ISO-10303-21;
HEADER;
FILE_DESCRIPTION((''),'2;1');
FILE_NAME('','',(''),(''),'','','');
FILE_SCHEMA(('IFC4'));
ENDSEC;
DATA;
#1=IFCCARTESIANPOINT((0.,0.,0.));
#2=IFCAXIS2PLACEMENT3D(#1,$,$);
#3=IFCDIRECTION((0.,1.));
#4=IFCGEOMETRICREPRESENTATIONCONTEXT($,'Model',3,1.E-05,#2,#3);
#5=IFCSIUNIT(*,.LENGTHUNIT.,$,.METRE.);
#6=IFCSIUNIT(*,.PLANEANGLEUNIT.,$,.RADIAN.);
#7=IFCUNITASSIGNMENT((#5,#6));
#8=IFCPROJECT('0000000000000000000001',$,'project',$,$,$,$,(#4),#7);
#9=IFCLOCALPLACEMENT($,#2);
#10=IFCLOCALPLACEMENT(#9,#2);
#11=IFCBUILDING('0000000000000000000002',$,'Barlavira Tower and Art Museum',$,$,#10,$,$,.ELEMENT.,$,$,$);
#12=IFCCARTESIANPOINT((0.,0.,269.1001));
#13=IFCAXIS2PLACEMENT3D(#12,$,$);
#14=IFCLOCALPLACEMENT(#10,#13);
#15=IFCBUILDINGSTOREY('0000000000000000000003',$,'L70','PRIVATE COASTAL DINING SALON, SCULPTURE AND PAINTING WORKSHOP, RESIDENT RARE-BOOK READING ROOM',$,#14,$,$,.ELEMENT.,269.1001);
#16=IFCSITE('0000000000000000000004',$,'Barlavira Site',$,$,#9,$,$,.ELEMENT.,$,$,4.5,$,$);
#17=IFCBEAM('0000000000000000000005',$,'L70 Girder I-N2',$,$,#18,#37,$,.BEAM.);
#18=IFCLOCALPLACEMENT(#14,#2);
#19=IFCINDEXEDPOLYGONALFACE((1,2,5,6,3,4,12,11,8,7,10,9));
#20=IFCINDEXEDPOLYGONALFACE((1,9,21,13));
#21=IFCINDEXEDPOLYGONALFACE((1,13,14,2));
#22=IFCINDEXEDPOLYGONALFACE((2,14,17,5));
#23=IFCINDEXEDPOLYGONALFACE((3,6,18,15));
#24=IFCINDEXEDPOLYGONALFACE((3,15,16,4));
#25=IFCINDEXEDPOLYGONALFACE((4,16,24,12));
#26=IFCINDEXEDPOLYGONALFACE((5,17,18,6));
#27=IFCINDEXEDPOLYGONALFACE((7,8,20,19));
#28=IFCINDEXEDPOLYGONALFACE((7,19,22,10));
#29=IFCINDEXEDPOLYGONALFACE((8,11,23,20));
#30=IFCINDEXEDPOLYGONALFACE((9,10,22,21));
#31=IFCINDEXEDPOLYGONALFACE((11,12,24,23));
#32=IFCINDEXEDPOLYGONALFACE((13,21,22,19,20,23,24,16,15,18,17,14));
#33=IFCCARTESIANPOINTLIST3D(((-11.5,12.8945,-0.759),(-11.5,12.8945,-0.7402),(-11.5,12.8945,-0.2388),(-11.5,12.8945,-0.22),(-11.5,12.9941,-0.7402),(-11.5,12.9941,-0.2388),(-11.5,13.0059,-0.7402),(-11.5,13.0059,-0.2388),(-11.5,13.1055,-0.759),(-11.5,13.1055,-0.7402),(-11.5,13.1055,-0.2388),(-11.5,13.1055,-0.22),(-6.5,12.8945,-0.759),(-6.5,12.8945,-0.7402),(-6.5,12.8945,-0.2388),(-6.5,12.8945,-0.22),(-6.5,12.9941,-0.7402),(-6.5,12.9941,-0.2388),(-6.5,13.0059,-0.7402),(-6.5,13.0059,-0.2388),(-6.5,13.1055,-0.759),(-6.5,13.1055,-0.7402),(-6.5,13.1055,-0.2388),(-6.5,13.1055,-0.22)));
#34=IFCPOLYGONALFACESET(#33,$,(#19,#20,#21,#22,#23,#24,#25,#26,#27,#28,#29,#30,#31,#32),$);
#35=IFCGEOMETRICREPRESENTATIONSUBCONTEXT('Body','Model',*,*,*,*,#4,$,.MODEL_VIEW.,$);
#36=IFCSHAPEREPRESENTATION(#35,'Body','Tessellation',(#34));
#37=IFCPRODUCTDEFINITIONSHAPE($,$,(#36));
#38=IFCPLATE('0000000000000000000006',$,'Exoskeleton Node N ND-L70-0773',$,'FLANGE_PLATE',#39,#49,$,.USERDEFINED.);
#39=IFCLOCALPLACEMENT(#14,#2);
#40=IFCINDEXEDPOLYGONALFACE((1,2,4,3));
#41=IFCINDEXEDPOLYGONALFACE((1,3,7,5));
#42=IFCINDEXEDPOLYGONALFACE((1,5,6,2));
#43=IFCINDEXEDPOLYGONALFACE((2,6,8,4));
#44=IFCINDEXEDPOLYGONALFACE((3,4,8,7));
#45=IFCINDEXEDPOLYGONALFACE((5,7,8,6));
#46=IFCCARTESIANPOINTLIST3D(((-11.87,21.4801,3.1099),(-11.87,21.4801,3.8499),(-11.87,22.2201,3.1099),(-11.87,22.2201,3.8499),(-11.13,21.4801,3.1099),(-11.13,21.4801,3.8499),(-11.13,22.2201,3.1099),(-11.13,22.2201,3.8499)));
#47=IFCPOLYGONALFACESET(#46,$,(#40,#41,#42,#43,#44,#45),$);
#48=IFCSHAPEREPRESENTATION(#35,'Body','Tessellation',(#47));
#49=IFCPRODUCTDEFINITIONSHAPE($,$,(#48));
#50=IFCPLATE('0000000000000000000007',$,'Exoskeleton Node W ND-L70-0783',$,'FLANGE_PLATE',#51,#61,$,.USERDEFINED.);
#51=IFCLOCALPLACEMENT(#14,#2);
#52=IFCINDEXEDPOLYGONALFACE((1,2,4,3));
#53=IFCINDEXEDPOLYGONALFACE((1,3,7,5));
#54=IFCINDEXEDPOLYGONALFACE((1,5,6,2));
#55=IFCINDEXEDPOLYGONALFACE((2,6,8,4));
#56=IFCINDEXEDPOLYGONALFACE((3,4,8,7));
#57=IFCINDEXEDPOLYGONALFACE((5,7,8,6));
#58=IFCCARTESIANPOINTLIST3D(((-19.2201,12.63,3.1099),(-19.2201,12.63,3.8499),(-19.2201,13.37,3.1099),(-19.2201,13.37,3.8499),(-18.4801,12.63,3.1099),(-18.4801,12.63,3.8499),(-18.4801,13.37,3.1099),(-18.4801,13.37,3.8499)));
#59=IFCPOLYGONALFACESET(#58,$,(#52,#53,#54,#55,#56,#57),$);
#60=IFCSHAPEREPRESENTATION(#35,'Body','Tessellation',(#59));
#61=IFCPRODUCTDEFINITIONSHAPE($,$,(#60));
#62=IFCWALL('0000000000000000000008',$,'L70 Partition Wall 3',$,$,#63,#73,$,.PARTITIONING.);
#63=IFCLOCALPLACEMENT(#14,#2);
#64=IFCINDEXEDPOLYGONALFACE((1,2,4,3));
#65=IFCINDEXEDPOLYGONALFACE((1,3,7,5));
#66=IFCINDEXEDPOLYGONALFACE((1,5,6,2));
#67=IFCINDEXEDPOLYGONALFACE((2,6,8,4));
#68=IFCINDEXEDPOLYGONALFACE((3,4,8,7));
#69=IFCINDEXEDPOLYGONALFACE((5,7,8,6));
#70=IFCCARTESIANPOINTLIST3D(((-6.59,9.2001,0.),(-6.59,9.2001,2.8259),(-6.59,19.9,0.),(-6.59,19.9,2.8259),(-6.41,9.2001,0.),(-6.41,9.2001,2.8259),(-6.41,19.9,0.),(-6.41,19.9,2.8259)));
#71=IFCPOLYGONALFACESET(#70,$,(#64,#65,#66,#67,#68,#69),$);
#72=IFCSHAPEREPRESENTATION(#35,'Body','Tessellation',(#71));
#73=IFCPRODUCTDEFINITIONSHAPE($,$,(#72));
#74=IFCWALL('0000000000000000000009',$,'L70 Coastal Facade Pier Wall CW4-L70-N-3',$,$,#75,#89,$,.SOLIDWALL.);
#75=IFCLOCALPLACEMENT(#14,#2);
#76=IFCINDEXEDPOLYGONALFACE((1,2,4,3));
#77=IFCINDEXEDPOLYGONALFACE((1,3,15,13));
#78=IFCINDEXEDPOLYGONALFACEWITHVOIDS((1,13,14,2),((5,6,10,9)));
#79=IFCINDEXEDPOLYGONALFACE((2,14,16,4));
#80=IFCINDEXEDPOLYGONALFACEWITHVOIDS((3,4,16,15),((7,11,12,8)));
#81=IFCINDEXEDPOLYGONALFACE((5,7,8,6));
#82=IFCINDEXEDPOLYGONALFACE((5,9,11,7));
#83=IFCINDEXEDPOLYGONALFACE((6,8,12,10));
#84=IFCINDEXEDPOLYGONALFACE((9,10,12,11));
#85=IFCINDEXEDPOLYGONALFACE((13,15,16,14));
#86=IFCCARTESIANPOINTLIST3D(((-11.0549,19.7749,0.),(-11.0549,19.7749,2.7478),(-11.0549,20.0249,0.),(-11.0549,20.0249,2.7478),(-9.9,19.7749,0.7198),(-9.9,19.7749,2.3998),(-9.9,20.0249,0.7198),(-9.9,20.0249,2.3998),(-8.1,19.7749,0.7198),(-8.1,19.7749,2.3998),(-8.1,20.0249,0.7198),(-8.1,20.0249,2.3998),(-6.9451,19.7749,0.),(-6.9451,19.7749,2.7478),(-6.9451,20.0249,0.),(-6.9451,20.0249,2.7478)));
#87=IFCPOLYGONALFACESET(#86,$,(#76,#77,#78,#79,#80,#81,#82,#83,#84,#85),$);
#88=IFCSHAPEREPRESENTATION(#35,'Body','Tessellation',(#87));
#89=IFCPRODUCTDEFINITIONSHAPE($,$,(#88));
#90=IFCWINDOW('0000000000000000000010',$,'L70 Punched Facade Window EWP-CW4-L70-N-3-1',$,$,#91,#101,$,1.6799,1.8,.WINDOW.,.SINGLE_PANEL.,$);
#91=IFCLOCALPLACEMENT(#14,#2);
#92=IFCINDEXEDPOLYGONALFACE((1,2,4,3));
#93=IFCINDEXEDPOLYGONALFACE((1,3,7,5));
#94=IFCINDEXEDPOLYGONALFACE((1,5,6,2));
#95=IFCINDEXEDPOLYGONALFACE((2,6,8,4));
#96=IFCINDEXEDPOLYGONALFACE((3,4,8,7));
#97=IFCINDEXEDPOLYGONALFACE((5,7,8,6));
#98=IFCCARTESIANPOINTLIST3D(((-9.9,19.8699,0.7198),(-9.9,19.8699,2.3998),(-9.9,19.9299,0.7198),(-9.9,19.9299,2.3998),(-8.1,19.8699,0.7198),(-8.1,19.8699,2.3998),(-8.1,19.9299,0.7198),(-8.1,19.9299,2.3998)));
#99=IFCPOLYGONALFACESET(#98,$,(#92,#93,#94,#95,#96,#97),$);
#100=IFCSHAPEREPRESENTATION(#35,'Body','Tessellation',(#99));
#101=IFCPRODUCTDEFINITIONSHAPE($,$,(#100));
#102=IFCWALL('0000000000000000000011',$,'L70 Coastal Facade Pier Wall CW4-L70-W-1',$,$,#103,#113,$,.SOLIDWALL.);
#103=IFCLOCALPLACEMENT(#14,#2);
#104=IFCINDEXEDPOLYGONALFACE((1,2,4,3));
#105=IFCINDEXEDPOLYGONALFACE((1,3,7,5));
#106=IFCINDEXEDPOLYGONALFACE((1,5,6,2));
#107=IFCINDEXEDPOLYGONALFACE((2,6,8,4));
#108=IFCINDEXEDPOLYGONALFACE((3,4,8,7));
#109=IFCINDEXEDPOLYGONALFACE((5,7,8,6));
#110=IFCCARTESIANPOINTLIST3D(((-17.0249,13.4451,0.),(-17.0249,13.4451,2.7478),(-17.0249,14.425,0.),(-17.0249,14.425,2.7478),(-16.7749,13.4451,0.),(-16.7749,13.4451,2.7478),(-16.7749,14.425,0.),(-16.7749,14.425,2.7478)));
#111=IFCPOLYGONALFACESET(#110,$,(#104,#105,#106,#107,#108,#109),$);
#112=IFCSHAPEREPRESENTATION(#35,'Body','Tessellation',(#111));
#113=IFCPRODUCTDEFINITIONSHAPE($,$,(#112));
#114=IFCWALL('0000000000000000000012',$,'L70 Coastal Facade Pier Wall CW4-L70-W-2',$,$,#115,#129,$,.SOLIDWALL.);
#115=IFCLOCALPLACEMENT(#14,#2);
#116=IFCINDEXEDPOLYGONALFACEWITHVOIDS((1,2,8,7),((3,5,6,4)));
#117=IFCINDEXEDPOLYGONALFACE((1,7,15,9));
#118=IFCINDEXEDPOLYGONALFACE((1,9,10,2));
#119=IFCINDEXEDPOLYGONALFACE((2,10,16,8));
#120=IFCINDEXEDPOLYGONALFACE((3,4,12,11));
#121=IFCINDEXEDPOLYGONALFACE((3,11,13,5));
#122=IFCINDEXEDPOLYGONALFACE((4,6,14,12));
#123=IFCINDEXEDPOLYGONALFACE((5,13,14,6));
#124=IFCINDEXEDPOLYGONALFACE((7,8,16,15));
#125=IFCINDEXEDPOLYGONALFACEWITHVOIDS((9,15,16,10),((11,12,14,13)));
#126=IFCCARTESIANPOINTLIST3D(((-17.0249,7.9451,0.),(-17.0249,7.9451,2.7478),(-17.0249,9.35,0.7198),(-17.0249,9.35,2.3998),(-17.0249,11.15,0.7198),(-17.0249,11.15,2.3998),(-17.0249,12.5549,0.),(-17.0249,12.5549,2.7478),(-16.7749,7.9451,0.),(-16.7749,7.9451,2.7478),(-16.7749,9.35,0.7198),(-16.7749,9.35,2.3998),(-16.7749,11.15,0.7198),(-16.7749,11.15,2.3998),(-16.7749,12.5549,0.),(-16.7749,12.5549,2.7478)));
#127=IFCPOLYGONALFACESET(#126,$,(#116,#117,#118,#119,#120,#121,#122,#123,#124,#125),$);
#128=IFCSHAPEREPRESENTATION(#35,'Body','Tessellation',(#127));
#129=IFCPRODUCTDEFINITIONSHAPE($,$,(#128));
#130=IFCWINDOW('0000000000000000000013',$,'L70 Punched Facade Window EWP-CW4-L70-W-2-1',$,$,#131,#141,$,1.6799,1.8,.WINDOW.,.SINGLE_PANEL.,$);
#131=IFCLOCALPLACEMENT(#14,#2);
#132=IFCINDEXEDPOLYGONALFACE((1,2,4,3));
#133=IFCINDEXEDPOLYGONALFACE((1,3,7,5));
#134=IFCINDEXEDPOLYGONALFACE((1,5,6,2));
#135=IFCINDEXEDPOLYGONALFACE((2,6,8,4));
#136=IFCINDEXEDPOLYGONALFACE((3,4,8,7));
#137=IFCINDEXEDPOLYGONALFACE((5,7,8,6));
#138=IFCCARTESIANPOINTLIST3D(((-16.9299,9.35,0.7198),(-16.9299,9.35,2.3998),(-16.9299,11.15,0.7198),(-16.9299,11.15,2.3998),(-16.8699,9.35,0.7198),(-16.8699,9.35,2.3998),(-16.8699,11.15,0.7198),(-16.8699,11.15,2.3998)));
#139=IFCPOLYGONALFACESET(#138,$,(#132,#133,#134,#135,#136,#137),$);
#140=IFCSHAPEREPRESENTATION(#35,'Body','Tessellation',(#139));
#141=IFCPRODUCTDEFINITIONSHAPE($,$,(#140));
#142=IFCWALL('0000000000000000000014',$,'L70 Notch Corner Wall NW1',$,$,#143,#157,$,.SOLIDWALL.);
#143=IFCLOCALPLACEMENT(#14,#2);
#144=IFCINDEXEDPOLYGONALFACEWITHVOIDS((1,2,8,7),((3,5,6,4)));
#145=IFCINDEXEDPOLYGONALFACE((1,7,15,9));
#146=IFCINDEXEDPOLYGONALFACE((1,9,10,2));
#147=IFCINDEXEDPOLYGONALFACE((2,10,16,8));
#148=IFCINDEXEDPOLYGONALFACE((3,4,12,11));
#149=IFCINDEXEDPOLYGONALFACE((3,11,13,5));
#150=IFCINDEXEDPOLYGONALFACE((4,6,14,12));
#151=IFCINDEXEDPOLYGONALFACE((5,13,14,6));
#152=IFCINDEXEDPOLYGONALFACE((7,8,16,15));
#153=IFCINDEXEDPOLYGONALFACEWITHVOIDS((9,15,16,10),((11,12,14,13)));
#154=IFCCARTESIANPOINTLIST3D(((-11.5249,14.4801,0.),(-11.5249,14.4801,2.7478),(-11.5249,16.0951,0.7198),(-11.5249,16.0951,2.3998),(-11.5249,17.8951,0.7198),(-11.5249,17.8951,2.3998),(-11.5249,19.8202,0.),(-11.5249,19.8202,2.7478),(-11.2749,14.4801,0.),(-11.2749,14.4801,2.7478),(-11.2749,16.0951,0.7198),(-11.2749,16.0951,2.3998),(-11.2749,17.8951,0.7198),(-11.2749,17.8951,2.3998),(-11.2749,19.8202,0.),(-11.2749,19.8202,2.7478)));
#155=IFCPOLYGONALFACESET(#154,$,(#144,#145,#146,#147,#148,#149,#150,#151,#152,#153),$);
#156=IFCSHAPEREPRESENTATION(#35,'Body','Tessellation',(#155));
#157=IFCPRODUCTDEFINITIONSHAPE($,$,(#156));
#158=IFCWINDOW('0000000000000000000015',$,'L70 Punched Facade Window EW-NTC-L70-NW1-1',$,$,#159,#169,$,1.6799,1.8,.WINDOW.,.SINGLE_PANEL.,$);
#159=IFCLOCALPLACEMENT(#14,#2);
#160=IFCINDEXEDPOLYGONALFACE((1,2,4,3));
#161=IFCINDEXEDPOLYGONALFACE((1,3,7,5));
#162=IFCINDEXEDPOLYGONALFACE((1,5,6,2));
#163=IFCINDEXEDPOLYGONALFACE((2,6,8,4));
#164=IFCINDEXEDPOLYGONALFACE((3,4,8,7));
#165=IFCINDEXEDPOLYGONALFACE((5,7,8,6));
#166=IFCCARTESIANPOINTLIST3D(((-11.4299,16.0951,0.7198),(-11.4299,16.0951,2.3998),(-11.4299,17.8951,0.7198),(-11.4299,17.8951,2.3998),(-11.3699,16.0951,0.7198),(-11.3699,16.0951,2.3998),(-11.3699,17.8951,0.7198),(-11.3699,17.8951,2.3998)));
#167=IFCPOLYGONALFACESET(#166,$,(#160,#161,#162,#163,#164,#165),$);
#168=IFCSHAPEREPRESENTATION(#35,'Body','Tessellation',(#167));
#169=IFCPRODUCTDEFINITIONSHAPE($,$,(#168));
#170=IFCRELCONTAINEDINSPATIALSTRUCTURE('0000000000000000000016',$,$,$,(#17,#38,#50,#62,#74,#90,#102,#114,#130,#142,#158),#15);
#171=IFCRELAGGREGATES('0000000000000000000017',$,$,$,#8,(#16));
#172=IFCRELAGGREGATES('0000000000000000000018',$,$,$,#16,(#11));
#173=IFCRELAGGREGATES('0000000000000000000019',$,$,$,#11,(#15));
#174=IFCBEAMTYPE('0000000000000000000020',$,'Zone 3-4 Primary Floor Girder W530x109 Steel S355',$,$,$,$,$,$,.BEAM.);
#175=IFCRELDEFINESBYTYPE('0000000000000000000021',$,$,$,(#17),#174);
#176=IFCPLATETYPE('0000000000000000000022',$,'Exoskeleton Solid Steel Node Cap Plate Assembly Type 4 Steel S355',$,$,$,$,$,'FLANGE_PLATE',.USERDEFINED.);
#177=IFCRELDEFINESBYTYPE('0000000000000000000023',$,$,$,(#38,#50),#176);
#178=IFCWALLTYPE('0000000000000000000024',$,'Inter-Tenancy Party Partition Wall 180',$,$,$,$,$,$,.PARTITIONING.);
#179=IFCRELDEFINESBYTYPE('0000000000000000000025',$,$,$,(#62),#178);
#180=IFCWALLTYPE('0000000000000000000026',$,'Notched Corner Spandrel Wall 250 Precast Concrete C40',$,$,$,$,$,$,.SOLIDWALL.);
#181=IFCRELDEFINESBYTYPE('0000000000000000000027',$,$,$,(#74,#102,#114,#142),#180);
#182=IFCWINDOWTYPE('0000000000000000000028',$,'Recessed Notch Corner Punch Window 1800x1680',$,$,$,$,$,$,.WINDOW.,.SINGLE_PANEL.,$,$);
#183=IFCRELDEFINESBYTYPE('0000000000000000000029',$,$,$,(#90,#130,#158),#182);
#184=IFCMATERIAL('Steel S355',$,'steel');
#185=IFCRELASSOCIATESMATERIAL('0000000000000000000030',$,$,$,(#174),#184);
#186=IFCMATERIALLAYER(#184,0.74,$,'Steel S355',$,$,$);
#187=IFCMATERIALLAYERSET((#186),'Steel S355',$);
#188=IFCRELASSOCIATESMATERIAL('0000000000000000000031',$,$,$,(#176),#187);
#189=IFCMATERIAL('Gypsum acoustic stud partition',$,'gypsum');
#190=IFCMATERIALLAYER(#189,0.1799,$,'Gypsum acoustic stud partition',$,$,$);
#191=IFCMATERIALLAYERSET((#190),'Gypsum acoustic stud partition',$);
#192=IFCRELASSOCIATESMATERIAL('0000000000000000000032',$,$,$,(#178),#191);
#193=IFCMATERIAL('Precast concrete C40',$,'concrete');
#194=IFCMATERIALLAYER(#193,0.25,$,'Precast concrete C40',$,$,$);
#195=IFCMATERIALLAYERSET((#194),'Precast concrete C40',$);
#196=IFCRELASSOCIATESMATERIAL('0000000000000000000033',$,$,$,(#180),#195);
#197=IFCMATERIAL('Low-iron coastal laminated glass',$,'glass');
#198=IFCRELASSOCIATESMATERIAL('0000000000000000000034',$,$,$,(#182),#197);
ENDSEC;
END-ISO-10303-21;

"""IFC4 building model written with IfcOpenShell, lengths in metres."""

from ifc_helpers import new_model, si_unit, direction, frame, frame_2d, origin, origin_2d, place, context, subcontext, project, spatial, rectangle, i_section, extrude, material, layer, layer_set, material_profile, profile_set, type_object, element, fill, save


model = new_model("IFC4")

# Units and contexts
model_context = context("Model", 3, precision=1e-05, world=origin(), true_north=direction((0.0, 1.0)))
body_context = subcontext(model_context, "Body", "Model", "MODEL_VIEW")
ifc_project = project(units=[si_unit("LENGTHUNIT", "METRE"), si_unit("PLANEANGLEUNIT", "RADIAN")], contexts=[model_context])

# Site, building, storey
site_placement = place(None, origin())
site = spatial("IfcSite", under=ifc_project, at=site_placement, Name="Barlavira Site", CompositionType="ELEMENT", RefElevation=4.5)
building_placement = place(site_placement, origin())
building = spatial("IfcBuilding", under=site, at=building_placement, Name="Barlavira Tower and Art Museum", CompositionType="ELEMENT")
storey_placement = place(building_placement, frame((0.0, 0.0, 269.1001)))
storey = spatial("IfcBuildingStorey", under=building, at=storey_placement, Name="L70", Description="PRIVATE COASTAL DINING SALON, SCULPTURE AND PAINTING WORKSHOP, RESIDENT RARE-BOOK READING ROOM", CompositionType="ELEMENT", Elevation=269.1001)

# Shared definitions
ifc_material_1 = material(Name="Steel S355", Category="steel")

# Beam
ifc_material_profile_1 = material_profile(ifc_material_1, i_section(OverallWidth=0.2109, OverallDepth=0.5391, WebThickness=0.0117, FlangeThickness=0.0188, at=origin_2d()), Name="W530x109.0")
ifc_profile_set_1 = profile_set([ifc_material_profile_1], Name="Steel S355")
beam_type_1 = type_object("IfcBeamType", Name="Zone 3-4 Primary Floor Girder W530x109 Steel S355", PredefinedType="BEAM", material=ifc_profile_set_1)
beam_1_placement = place(storey_placement, frame((-11.5, 13.0, -0.4895), z_axis=(1.0, 0.0, 0.0), x_axis=(0.0, 1.0, 0.0)))
element("IfcBeam", 1, at=beam_1_placement, inside=storey, type_object=beam_type_1, Name="L70 Girder I-N2", PredefinedType="BEAM", context=body_context, shape_type="SweptSolid", body=[
    extrude(i_section(OverallWidth=0.2109, OverallDepth=0.5391, WebThickness=0.0117, FlangeThickness=0.0188, at=origin_2d()), origin(), (0.0, 0.0, 1.0), 5.0),
])

# Plates
ifc_layer_1 = layer(ifc_material_1, 0.74, Name="Steel S355")
ifc_layer_set_1 = layer_set([ifc_layer_1], Name="Steel S355")
plate_type = type_object("IfcPlateType", Name="Exoskeleton Solid Steel Node Cap Plate Assembly Type 4 Steel S355", ElementType="FLANGE_PLATE", PredefinedType="USERDEFINED", material=ifc_layer_set_1)
for number, where, z_axis, x_axis, name in (
    (2, (-11.5, 21.8501, 3.1099), (0.0, 0.0, 1.0), (1.0, 0.0, 0.0), "Exoskeleton Node N ND-L70-0773"),
    (3, (-18.8501, 13.0, 3.1099), (0.0, 0.0, 1.0), (1.0, 0.0, 0.0), "Exoskeleton Node W ND-L70-0783"),
):
    element("IfcPlate", number, at=place(storey_placement, frame(where, z_axis=z_axis, x_axis=x_axis)), inside=storey, type_object=plate_type, Name=name, ObjectType="FLANGE_PLATE", PredefinedType="USERDEFINED", context=body_context, shape_type="SweptSolid", body=[
        extrude(rectangle(XDim=0.74, YDim=0.74, at=origin_2d()), origin(), (0.0, 0.0, 1.0), 0.74),
    ])

# Wall
ifc_material_2 = material(Name="Gypsum acoustic stud partition", Category="gypsum")
ifc_layer_2 = layer(ifc_material_2, 0.1799, Name="Gypsum acoustic stud partition")
ifc_layer_set_2 = layer_set([ifc_layer_2], Name="Gypsum acoustic stud partition")
wall_type_1 = type_object("IfcWallType", Name="Inter-Tenancy Party Partition Wall 180", PredefinedType="PARTITIONING", material=ifc_layer_set_2)
wall_1_placement = place(storey_placement, frame((-6.5, 9.2, 0.0), z_axis=(0.0, 0.0, 1.0), x_axis=(0.0, 1.0, 0.0)))
element("IfcWall", 4, at=wall_1_placement, inside=storey, type_object=wall_type_1, Name="L70 Partition Wall 3", PredefinedType="PARTITIONING", context=body_context, shape_type="SweptSolid", body=[
    extrude(rectangle(XDim=10.7, YDim=0.1799, at=frame_2d((5.3501, 0.0))), origin(), (0.0, 0.0, 1.0), 2.8259),
])

# Wall, opening, window
ifc_material_3 = material(Name="Precast concrete C40", Category="concrete")
ifc_layer_3 = layer(ifc_material_3, 0.25, Name="Precast concrete C40")
ifc_layer_set_3 = layer_set([ifc_layer_3], Name="Precast concrete C40")
wall_type_2 = type_object("IfcWallType", Name="Notched Corner Spandrel Wall 250 Precast Concrete C40", PredefinedType="SOLIDWALL", material=ifc_layer_set_3)
wall_2_placement = place(storey_placement, frame((-6.9451, 19.8999, 0.0), z_axis=(0.0, 0.0, 1.0), x_axis=(-1.0, 0.0, 0.0)))
wall_2 = element("IfcWall", 5, at=wall_2_placement, inside=storey, type_object=wall_type_2, Name="L70 Coastal Facade Pier Wall CW4-L70-N-3", PredefinedType="SOLIDWALL", context=body_context, shape_type="SweptSolid", body=[
    extrude(rectangle(XDim=4.1099, YDim=0.25, at=frame_2d((2.0549, 0.0))), origin(), (0.0, 0.0, 1.0), 2.7478),
])
opening_1_placement = place(wall_2_placement, frame((1.155, 0.0, 0.72)))
opening_1 = element("IfcOpeningElement", 6, at=opening_1_placement, cuts=wall_2, PredefinedType="OPENING", context=body_context, shape_type="SweptSolid", body=[
    extrude(rectangle(XDim=1.8, YDim=1.6799, at=frame_2d((0.8999, 0.8398))), frame((0.0, 0.135, 0.0), z_axis=(0.0, -1.0, 0.0), x_axis=(1.0, 0.0, 0.0)), (0.0, 0.0, 1.0), 0.27),
])
ifc_material_4 = material(Name="Low-iron coastal laminated glass", Category="glass")
window_type = type_object("IfcWindowType", Name="Recessed Notch Corner Punch Window 1800x1680", PartitioningType="SINGLE_PANEL", PredefinedType="WINDOW", material=ifc_material_4)
window_1_placement = place(opening_1_placement, origin())
window_1 = element("IfcWindow", 7, at=window_1_placement, inside=storey, type_object=window_type, Name="L70 Punched Facade Window EWP-CW4-L70-N-3-1", OverallHeight=1.6799, OverallWidth=1.8, PartitioningType="SINGLE_PANEL", PredefinedType="WINDOW", context=body_context, shape_type="SweptSolid", body=[
    extrude(rectangle(XDim=1.8, YDim=1.6799, at=frame_2d((0.8999, 0.8398))), frame((0.0, 0.03, 0.0), z_axis=(0.0, -1.0, 0.0), x_axis=(1.0, 0.0, 0.0)), (0.0, 0.0, 1.0), 0.0601),
])
fill(opening_1, window_1)

# Wall
wall_3_placement = place(storey_placement, frame((-16.8999, 14.425, 0.0), z_axis=(0.0, 0.0, 1.0), x_axis=(0.0, -1.0, 0.0)))
element("IfcWall", 8, at=wall_3_placement, inside=storey, type_object=wall_type_2, Name="L70 Coastal Facade Pier Wall CW4-L70-W-1", PredefinedType="SOLIDWALL", context=body_context, shape_type="SweptSolid", body=[
    extrude(rectangle(XDim=0.98, YDim=0.25, at=frame_2d((0.49, 0.0))), origin(), (0.0, 0.0, 1.0), 2.7478),
])

# Walls, openings, windows
wall_4_placement = place(storey_placement, frame((-16.8999, 12.5549, 0.0), z_axis=(0.0, 0.0, 1.0), x_axis=(0.0, -1.0, 0.0)))
wall_4 = element("IfcWall", 9, at=wall_4_placement, inside=storey, type_object=wall_type_2, Name="L70 Coastal Facade Pier Wall CW4-L70-W-2", PredefinedType="SOLIDWALL", context=body_context, shape_type="SweptSolid", body=[
    extrude(rectangle(XDim=4.6099, YDim=0.25, at=frame_2d((2.3049, 0.0))), origin(), (0.0, 0.0, 1.0), 2.7478),
])
opening_2_placement = place(wall_4_placement, frame((1.405, 0.0, 0.72)))
opening_2 = element("IfcOpeningElement", 10, at=opening_2_placement, cuts=wall_4, PredefinedType="OPENING", context=body_context, shape_type="SweptSolid", body=[
    extrude(rectangle(XDim=1.8, YDim=1.6799, at=frame_2d((0.8999, 0.8398))), frame((0.0, 0.135, 0.0), z_axis=(0.0, -1.0, 0.0), x_axis=(1.0, 0.0, 0.0)), (0.0, 0.0, 1.0), 0.27),
])
window_2_placement = place(opening_2_placement, origin())
window_2 = element("IfcWindow", 11, at=window_2_placement, inside=storey, type_object=window_type, Name="L70 Punched Facade Window EWP-CW4-L70-W-2-1", OverallHeight=1.6799, OverallWidth=1.8, PartitioningType="SINGLE_PANEL", PredefinedType="WINDOW", context=body_context, shape_type="SweptSolid", body=[
    extrude(rectangle(XDim=1.8, YDim=1.6799, at=frame_2d((0.8999, 0.8398))), frame((0.0, 0.03, 0.0), z_axis=(0.0, -1.0, 0.0), x_axis=(1.0, 0.0, 0.0)), (0.0, 0.0, 1.0), 0.0601),
])
fill(opening_2, window_2)
wall_5_placement = place(storey_placement, frame((-11.3999, 19.8201, 0.0), z_axis=(0.0, 0.0, 1.0), x_axis=(0.0, -1.0, 0.0)))
wall_5 = element("IfcWall", 12, at=wall_5_placement, inside=storey, type_object=wall_type_2, Name="L70 Notch Corner Wall NW1", PredefinedType="SOLIDWALL", context=body_context, shape_type="SweptSolid", body=[
    extrude(rectangle(XDim=5.3401, YDim=0.25, at=frame_2d((2.6699, 0.0))), origin(), (0.0, 0.0, 1.0), 2.7478),
])
opening_3_placement = place(wall_5_placement, frame((1.925, 0.0, 0.72)))
opening_3 = element("IfcOpeningElement", 13, at=opening_3_placement, cuts=wall_5, PredefinedType="OPENING", context=body_context, shape_type="SweptSolid", body=[
    extrude(rectangle(XDim=1.8, YDim=1.6799, at=frame_2d((0.8999, 0.8398))), frame((0.0, 0.135, 0.0), z_axis=(0.0, -1.0, 0.0), x_axis=(1.0, 0.0, 0.0)), (0.0, 0.0, 1.0), 0.27),
])
window_3_placement = place(opening_3_placement, origin())
window_3 = element("IfcWindow", 14, at=window_3_placement, inside=storey, type_object=window_type, Name="L70 Punched Facade Window EW-NTC-L70-NW1-1", OverallHeight=1.6799, OverallWidth=1.8, PartitioningType="SINGLE_PANEL", PredefinedType="WINDOW", context=body_context, shape_type="SweptSolid", body=[
    extrude(rectangle(XDim=1.8, YDim=1.6799, at=frame_2d((0.8999, 0.8398))), frame((0.0, 0.03, 0.0), z_axis=(0.0, -1.0, 0.0), x_axis=(1.0, 0.0, 0.0)), (0.0, 0.0, 1.0), 0.0601),
])
fill(opening_3, window_3)

save(model, "model.ifc")
